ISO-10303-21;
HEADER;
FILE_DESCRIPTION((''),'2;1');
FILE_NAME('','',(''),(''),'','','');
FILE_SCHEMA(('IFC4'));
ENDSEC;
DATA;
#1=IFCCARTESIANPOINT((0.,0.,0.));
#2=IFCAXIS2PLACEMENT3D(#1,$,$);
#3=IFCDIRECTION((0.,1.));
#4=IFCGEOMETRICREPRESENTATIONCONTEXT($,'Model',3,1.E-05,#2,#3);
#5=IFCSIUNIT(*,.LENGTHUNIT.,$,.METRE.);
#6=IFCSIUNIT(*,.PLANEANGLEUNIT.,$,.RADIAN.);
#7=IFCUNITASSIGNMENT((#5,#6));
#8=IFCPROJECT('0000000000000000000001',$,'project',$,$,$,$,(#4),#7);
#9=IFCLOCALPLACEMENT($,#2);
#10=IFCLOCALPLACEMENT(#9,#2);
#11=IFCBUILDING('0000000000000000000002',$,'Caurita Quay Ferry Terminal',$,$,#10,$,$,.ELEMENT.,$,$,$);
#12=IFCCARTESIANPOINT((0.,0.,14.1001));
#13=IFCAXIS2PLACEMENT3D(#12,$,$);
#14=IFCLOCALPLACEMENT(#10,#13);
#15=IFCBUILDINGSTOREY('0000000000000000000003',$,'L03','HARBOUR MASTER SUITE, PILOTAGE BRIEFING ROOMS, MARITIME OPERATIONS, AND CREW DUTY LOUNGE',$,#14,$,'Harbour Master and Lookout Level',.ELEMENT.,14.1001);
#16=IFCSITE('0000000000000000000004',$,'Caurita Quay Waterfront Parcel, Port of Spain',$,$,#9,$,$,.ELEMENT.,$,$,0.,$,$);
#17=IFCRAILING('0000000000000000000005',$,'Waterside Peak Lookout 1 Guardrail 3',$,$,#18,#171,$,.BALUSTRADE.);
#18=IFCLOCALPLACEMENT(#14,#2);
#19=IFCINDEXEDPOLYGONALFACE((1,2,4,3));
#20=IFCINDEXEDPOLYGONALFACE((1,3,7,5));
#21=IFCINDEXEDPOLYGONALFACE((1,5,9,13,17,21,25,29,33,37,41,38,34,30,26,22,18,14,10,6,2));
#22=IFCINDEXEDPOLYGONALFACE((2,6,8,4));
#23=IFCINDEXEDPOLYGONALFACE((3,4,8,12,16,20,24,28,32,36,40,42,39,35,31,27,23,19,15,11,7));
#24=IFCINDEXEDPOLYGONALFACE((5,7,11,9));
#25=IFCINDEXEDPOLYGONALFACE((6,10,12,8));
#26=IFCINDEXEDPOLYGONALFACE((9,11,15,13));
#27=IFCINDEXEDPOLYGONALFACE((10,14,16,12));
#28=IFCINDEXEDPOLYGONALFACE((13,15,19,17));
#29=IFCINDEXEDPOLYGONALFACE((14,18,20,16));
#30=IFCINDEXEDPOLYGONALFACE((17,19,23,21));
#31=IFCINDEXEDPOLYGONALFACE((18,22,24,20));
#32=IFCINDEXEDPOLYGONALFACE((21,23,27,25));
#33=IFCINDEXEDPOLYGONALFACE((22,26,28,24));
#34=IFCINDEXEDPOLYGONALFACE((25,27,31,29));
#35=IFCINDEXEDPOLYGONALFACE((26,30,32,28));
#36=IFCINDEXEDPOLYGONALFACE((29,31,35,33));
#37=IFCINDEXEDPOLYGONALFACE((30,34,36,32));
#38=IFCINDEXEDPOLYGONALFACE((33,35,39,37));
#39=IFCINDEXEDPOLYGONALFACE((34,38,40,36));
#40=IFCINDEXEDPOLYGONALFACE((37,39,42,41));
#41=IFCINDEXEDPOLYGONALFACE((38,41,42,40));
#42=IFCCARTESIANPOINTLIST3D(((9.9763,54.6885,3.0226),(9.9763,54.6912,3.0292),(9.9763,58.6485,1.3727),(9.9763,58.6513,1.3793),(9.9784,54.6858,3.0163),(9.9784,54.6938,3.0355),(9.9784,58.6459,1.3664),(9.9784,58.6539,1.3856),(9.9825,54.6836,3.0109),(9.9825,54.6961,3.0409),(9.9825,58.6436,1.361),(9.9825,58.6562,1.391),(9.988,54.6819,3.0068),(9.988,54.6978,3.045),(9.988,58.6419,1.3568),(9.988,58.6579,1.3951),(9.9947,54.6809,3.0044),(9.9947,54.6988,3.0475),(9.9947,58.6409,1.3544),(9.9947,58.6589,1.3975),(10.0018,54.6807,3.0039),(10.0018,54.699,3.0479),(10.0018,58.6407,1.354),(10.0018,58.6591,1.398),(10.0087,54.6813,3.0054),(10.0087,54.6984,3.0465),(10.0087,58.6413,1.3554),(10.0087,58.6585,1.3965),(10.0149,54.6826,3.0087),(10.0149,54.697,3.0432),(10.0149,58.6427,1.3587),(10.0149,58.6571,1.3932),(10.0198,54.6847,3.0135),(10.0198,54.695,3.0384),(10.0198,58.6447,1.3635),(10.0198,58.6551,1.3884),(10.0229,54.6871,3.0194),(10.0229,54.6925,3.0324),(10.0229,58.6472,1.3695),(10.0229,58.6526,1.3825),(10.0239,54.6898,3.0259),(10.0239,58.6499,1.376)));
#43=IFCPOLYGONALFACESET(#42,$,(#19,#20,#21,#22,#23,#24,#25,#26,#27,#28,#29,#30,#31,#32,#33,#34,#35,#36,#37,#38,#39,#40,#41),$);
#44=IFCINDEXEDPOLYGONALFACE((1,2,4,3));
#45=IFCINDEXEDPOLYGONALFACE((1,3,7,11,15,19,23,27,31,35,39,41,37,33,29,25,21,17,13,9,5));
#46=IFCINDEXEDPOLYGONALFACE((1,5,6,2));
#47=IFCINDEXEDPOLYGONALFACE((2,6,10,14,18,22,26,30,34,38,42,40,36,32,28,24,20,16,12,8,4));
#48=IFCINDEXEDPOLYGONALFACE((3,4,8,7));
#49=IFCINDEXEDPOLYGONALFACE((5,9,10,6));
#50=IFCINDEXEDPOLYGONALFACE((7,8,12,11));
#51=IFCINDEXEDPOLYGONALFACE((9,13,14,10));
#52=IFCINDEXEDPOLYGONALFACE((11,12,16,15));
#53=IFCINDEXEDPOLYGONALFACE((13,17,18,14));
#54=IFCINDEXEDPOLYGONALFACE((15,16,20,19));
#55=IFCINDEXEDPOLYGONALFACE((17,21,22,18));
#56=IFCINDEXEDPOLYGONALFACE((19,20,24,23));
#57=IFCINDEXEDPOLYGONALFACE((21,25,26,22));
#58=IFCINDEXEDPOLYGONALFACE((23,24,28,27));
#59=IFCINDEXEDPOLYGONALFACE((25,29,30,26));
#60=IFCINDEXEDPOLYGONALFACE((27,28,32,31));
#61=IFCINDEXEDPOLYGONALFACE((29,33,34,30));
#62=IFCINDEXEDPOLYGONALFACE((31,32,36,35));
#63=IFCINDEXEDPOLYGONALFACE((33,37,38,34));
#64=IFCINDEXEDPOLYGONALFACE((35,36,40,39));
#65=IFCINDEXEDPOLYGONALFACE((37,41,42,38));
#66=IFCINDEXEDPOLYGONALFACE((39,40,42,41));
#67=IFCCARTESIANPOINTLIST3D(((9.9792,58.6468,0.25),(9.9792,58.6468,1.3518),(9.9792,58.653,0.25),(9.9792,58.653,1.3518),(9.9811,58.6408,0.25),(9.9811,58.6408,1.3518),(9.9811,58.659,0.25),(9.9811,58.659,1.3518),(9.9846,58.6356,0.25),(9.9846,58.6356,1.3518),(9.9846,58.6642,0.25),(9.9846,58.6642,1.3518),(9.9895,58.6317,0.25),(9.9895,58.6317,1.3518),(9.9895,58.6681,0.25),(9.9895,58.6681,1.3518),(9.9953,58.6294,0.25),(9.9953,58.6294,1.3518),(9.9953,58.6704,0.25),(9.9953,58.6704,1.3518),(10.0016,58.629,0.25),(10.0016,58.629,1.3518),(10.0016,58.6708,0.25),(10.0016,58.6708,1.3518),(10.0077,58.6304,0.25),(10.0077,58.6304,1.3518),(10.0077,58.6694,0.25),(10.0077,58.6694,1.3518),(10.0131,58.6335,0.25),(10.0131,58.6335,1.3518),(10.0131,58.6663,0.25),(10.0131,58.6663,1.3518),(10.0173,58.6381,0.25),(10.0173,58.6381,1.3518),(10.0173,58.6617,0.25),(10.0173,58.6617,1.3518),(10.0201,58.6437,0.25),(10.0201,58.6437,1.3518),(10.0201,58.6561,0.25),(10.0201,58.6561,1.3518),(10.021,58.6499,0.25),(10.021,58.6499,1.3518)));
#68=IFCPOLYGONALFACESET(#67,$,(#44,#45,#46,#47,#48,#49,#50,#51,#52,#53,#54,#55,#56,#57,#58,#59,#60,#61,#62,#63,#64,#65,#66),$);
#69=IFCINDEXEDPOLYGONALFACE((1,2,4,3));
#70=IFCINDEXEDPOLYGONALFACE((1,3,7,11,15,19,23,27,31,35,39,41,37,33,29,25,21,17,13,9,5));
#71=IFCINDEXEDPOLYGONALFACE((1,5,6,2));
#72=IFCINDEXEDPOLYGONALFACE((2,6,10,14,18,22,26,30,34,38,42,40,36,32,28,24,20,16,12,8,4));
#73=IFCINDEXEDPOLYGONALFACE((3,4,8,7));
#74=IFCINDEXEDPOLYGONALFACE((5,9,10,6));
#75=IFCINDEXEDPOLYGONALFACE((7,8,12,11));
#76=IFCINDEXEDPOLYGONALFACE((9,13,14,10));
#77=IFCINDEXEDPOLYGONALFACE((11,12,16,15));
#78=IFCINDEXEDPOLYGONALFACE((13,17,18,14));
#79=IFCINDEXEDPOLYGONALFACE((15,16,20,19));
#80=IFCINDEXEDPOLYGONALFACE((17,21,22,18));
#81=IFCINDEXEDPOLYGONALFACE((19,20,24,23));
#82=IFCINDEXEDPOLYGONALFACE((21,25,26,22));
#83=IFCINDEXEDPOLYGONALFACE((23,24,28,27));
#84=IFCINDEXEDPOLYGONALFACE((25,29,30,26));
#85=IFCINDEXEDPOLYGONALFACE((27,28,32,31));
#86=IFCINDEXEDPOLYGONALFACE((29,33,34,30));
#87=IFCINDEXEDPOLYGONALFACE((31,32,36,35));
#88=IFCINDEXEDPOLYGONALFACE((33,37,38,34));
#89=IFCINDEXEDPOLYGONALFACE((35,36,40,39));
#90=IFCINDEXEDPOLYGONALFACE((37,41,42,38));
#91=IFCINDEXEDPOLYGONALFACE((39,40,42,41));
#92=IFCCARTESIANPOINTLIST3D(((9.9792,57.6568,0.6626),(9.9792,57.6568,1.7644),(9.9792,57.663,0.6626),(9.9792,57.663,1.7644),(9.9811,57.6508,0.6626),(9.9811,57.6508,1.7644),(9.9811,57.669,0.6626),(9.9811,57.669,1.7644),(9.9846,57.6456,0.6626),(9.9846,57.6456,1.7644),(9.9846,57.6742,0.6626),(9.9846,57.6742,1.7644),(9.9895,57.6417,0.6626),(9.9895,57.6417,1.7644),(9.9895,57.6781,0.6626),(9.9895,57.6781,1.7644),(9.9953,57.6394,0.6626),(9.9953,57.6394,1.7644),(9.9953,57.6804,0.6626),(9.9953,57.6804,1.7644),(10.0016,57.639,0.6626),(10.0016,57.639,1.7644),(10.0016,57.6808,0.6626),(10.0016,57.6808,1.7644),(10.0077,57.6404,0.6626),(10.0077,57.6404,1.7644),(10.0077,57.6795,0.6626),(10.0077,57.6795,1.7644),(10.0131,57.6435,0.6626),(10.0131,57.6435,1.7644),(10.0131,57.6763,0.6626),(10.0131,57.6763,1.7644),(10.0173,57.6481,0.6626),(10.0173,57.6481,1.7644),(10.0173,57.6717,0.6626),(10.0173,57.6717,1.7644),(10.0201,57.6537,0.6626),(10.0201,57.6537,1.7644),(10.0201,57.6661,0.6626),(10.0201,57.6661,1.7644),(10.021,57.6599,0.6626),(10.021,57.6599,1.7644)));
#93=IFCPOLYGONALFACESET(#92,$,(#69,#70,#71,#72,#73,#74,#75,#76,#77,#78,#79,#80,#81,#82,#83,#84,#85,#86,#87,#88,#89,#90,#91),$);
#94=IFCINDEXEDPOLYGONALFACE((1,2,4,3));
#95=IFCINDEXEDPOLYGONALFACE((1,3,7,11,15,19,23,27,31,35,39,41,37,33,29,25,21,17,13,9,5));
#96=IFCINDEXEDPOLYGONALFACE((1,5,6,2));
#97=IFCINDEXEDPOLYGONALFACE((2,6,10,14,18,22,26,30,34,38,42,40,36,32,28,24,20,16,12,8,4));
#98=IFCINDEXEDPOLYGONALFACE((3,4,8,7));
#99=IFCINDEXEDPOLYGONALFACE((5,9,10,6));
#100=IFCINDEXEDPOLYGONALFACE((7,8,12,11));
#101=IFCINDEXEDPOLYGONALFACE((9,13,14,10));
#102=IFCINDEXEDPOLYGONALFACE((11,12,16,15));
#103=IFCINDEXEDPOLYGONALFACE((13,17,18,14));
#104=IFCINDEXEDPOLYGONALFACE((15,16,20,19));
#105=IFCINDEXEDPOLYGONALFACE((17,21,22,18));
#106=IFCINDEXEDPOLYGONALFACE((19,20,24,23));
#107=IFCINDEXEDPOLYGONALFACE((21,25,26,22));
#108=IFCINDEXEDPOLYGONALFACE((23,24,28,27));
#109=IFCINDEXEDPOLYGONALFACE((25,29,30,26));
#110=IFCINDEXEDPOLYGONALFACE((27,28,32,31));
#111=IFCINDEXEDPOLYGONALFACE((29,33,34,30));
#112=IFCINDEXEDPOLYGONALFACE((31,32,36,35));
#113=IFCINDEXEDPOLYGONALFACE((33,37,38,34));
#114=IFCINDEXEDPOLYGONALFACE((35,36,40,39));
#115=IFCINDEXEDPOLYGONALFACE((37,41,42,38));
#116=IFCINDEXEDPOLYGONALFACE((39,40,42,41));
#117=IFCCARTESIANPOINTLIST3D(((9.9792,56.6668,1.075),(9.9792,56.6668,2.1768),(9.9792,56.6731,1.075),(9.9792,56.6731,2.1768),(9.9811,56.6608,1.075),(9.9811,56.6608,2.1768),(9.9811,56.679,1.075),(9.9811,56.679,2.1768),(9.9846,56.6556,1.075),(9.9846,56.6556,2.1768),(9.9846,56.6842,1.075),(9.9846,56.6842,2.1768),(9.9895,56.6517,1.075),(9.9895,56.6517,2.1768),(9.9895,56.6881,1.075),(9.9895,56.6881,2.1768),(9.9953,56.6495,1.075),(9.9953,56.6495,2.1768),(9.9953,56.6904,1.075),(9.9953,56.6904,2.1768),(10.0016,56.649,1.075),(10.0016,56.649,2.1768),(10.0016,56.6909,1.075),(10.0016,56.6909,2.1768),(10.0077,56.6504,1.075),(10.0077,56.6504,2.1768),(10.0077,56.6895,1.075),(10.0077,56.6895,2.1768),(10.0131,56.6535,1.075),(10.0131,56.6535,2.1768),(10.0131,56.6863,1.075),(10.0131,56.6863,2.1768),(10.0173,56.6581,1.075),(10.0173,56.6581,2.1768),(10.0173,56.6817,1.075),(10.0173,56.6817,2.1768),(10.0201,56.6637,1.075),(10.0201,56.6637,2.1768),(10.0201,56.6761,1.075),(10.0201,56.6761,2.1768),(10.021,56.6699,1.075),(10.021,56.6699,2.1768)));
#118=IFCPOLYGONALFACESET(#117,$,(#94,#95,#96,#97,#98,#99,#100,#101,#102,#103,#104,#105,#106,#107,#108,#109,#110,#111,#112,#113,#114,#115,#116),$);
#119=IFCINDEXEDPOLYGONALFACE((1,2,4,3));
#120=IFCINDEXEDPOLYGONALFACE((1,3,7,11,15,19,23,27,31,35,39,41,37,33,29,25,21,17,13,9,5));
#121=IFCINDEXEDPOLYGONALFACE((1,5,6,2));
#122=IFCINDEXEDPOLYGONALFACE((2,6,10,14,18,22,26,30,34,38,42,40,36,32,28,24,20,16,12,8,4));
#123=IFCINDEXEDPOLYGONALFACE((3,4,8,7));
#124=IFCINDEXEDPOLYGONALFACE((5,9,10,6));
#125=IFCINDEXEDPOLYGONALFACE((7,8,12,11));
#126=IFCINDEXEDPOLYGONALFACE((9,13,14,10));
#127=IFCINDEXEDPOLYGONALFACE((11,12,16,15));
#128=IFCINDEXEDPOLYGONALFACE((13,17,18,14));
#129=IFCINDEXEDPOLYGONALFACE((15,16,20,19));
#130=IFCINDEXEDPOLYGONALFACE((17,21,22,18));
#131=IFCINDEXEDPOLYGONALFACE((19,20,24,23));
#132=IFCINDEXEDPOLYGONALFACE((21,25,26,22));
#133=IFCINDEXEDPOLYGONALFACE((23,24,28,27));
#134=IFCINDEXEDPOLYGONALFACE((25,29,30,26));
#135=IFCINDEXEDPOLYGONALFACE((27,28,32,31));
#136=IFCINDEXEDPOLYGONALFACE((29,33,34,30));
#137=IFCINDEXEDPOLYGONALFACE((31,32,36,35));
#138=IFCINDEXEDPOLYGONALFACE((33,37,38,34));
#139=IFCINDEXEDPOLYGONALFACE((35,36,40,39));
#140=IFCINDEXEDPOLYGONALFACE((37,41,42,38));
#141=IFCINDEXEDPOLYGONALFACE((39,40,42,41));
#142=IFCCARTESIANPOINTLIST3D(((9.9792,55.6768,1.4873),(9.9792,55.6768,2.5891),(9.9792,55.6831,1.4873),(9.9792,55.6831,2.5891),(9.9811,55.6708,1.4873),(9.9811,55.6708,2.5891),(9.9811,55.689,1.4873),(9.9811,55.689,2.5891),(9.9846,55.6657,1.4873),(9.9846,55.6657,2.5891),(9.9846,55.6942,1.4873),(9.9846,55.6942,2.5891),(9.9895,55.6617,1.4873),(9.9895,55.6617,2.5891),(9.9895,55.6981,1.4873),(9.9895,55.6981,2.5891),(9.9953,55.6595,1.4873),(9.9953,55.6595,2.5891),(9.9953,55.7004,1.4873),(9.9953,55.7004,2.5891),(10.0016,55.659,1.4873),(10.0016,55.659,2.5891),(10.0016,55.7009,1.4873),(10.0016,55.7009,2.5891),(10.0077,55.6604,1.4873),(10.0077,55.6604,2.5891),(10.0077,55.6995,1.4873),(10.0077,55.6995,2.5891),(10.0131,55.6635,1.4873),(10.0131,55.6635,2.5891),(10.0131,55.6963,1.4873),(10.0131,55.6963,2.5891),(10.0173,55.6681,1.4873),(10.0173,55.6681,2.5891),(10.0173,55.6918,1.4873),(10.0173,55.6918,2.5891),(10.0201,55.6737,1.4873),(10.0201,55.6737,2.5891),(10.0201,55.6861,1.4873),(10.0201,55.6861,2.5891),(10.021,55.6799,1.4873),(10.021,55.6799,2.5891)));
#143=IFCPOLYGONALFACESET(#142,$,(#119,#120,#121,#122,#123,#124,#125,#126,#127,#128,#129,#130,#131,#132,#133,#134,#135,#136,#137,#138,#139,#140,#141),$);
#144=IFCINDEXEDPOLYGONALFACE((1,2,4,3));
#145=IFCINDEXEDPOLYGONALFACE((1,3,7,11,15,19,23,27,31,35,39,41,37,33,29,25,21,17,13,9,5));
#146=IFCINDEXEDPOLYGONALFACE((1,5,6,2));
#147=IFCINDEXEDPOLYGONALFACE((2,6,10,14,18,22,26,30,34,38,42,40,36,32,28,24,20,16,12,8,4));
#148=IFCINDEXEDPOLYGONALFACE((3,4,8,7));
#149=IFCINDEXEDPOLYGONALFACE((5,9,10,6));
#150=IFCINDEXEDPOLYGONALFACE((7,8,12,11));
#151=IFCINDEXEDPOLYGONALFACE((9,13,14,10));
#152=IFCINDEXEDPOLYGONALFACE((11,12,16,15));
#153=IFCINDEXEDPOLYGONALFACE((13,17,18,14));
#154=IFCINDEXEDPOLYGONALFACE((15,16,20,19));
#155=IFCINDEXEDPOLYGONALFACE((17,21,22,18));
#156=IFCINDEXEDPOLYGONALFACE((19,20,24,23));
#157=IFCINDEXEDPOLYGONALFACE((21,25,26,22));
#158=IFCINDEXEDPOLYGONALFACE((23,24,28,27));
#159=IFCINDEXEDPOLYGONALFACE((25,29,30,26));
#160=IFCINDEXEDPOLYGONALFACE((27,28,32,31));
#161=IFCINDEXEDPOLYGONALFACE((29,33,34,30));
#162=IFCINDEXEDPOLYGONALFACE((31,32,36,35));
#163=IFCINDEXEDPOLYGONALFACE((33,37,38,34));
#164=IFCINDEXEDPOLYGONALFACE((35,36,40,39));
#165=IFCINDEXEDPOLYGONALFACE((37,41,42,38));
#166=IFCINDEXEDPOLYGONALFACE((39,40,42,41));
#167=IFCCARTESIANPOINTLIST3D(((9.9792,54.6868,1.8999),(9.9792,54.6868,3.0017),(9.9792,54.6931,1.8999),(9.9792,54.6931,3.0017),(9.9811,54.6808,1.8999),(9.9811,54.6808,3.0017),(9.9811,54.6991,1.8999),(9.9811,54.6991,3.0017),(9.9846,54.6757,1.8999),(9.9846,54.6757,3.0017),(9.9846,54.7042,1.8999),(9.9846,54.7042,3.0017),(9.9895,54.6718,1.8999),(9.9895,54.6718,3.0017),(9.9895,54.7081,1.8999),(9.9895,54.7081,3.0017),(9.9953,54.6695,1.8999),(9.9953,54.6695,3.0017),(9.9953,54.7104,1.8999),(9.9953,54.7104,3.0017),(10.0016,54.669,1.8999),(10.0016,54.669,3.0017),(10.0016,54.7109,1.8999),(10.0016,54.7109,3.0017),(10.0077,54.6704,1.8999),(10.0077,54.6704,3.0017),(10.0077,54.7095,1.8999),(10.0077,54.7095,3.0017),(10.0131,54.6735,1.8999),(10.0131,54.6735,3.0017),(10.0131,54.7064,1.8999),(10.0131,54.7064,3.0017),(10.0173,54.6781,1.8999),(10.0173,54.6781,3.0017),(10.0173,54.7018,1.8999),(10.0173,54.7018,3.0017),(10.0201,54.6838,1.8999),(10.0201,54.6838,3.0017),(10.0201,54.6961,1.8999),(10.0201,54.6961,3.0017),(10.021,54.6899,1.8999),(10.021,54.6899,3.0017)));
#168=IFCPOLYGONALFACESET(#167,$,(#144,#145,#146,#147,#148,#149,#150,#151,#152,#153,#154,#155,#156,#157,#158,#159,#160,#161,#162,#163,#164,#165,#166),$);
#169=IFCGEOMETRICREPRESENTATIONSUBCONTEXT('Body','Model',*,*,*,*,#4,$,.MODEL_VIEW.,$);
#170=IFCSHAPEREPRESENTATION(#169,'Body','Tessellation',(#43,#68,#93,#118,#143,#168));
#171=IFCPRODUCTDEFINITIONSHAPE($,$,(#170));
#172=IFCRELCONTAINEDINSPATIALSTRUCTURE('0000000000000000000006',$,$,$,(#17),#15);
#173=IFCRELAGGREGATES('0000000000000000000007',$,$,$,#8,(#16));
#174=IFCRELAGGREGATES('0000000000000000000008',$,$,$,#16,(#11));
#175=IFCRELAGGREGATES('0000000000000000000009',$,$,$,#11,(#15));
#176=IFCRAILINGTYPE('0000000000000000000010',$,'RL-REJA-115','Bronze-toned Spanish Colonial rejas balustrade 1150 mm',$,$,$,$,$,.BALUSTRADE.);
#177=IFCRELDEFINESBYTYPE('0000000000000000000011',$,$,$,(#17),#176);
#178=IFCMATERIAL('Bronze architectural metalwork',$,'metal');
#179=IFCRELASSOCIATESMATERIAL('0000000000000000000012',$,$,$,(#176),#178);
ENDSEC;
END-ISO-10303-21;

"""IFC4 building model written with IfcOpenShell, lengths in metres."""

from ifc_helpers import new_model, si_unit, direction, frame, origin, origin_2d, place, context, subcontext, project, spatial, circle, extrude, material, type_object, element, save


model = new_model("IFC4")

# Units and contexts
model_context = context("Model", 3, precision=1e-05, world=origin(), true_north=direction((0.0, 1.0)))
body_context = subcontext(model_context, "Body", "Model", "MODEL_VIEW")
ifc_project = project(units=[si_unit("LENGTHUNIT", "METRE"), si_unit("PLANEANGLEUNIT", "RADIAN")], contexts=[model_context])

# Site, building, storey
site_placement = place(None, origin())
site = spatial("IfcSite", under=ifc_project, at=site_placement, Name="Caurita Quay Waterfront Parcel, Port of Spain", CompositionType="ELEMENT", RefElevation=0.0)
building_placement = place(site_placement, origin())
building = spatial("IfcBuilding", under=site, at=building_placement, Name="Caurita Quay Ferry Terminal", CompositionType="ELEMENT")
storey_placement = place(building_placement, frame((0.0, 0.0, 14.1001)))
storey = spatial("IfcBuildingStorey", under=building, at=storey_placement, Name="L03", Description="HARBOUR MASTER SUITE, PILOTAGE BRIEFING ROOMS, MARITIME OPERATIONS, AND CREW DUTY LOUNGE", LongName="Harbour Master and Lookout Level", CompositionType="ELEMENT", Elevation=14.1001)

# Railing
ifc_material_1 = material(Name="Bronze architectural metalwork", Category="metal")
railing_type_1 = type_object("IfcRailingType", Name="RL-REJA-115", Description="Bronze-toned Spanish Colonial rejas balustrade 1150 mm", PredefinedType="BALUSTRADE", material=ifc_material_1)
for number, where, name in (
    (1, (10.0, 58.6499, 0.25), "Waterside Peak Lookout 1 Guardrail 3"),
):
    element("IfcRailing", number, at=place(storey_placement, frame(where)), inside=storey, type_object=railing_type_1, Name=name, PredefinedType="BALUSTRADE", context=body_context, shape_type="SweptSolid", body=[
        extrude(circle(Radius=0.0239, at=origin_2d()), frame((0.0, 0.0, 1.126), z_axis=(0.0, -0.923084, 0.384599), x_axis=(1.0, 0.0, 0.0)), (0.0, 0.0, 1.0), 4.29),
        extrude(circle(Radius=0.021, at=origin_2d()), origin(), (0.0, 0.0, 1.0), 1.1018),
        extrude(circle(Radius=0.021, at=origin_2d()), frame((0.0, -0.99, 0.4126)), (0.0, 0.0, 1.0), 1.1018),
        extrude(circle(Radius=0.021, at=origin_2d()), frame((0.0, -1.98, 0.825)), (0.0, 0.0, 1.0), 1.1018),
        extrude(circle(Radius=0.021, at=origin_2d()), frame((0.0, -2.97, 1.2373)), (0.0, 0.0, 1.0), 1.1018),
        extrude(circle(Radius=0.021, at=origin_2d()), frame((0.0, -3.96, 1.6499)), (0.0, 0.0, 1.0), 1.1018),
    ])

save(model, "model.ifc")
